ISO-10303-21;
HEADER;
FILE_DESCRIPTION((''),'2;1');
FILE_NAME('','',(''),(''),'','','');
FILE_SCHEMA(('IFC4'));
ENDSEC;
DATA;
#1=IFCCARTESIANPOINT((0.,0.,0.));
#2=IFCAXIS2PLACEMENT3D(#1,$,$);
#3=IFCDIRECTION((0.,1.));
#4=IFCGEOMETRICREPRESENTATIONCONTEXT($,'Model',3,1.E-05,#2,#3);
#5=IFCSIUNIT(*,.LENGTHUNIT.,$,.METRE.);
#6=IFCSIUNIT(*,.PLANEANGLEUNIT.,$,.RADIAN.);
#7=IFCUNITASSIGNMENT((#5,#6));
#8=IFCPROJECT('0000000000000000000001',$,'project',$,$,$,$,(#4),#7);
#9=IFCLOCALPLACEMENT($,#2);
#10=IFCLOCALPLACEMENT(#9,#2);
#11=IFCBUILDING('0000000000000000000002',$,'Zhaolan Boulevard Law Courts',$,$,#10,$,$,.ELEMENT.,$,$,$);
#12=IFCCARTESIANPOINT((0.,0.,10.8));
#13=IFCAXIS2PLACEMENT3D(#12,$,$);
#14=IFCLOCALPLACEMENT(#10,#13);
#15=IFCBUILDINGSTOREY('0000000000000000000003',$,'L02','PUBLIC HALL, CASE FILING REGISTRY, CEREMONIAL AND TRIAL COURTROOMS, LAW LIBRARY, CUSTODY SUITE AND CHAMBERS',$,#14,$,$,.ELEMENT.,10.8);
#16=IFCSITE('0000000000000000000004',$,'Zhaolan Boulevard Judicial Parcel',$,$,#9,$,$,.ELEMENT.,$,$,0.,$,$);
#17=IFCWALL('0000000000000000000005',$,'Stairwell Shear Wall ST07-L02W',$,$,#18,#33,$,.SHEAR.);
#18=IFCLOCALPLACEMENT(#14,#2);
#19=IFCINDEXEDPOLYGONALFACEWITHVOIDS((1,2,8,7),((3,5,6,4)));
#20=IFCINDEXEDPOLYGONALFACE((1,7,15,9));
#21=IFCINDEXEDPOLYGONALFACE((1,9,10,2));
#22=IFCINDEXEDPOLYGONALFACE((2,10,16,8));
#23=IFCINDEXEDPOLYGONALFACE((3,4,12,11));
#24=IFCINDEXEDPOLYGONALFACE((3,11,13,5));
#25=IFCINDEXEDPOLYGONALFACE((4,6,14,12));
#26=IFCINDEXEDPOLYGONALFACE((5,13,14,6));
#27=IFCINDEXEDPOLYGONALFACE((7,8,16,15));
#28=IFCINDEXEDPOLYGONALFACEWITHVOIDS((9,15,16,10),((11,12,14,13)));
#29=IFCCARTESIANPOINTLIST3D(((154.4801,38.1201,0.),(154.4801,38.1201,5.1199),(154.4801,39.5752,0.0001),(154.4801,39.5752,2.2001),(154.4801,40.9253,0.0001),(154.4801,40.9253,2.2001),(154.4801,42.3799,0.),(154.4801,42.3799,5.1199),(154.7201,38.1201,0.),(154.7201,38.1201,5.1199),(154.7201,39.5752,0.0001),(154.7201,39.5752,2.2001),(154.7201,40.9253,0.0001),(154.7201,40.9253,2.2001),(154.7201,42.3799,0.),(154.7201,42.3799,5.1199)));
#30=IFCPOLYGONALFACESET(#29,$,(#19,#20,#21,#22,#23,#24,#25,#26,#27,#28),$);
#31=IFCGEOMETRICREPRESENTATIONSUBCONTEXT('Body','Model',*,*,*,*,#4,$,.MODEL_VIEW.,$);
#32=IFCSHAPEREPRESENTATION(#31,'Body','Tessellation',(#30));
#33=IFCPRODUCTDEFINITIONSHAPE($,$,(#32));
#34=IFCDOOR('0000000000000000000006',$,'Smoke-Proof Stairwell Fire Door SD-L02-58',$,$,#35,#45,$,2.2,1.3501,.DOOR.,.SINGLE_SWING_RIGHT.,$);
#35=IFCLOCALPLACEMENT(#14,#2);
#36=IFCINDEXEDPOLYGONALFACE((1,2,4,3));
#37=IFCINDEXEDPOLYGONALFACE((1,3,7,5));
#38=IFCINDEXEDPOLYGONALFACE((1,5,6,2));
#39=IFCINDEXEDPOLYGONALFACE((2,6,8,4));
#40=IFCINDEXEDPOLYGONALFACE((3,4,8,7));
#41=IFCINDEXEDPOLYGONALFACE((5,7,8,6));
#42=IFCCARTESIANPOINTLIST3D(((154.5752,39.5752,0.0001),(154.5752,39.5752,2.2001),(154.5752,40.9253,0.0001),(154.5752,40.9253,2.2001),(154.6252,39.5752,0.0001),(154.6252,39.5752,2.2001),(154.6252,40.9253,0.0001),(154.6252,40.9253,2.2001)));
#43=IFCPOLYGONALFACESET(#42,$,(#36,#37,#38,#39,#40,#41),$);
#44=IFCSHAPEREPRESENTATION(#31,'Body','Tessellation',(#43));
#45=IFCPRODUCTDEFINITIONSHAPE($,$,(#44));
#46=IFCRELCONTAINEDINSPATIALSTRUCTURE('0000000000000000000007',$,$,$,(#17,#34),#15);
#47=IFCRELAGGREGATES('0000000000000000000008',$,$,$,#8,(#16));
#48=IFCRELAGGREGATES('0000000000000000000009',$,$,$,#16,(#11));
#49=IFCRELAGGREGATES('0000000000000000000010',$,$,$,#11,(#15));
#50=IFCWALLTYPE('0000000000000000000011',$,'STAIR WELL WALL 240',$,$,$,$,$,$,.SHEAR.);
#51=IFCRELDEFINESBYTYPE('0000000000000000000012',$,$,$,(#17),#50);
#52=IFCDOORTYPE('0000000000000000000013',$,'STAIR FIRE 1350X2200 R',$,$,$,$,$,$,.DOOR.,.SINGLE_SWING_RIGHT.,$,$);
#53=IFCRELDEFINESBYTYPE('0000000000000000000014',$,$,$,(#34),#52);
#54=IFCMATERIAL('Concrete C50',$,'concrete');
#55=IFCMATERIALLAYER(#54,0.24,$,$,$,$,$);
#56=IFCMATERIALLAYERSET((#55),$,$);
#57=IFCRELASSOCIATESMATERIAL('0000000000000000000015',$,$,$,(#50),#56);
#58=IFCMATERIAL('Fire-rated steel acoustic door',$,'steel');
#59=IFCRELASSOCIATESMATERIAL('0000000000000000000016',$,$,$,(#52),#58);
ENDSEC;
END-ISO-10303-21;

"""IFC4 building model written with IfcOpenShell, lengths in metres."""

from ifc_helpers import new_model, si_unit, direction, frame, frame_2d, origin, place, context, subcontext, project, spatial, rectangle, extrude, material, layer, layer_set, type_object, element, fill, save


model = new_model("IFC4")

# Units and contexts
model_context = context("Model", 3, precision=1e-05, world=origin(), true_north=direction((0.0, 1.0)))
body_context = subcontext(model_context, "Body", "Model", "MODEL_VIEW")
ifc_project = project(units=[si_unit("LENGTHUNIT", "METRE"), si_unit("PLANEANGLEUNIT", "RADIAN")], contexts=[model_context])

# Site, building, storey
site_placement = place(None, origin())
site = spatial("IfcSite", under=ifc_project, at=site_placement, Name="Zhaolan Boulevard Judicial Parcel", CompositionType="ELEMENT", RefElevation=0.0)
building_placement = place(site_placement, origin())
building = spatial("IfcBuilding", under=site, at=building_placement, Name="Zhaolan Boulevard Law Courts", CompositionType="ELEMENT")
storey_placement = place(building_placement, frame((0.0, 0.0, 10.8)))
storey = spatial("IfcBuildingStorey", under=building, at=storey_placement, Name="L02", Description="PUBLIC HALL, CASE FILING REGISTRY, CEREMONIAL AND TRIAL COURTROOMS, LAW LIBRARY, CUSTODY SUITE AND CHAMBERS", CompositionType="ELEMENT", Elevation=10.8)

# Shared definitions
ifc_material_1 = material(Name="Concrete C50", Category="concrete")
ifc_layer_1 = layer(ifc_material_1, 0.24)
ifc_layer_set_1 = layer_set([ifc_layer_1])
wall_type_1 = type_object("IfcWallType", Name="STAIR WELL WALL 240", PredefinedType="SHEAR", material=ifc_layer_set_1)

# Wall, opening, door
wall_1_placement = place(storey_placement, frame((154.6001, 38.1201, 0.0), z_axis=(0.0, 0.0, 1.0), x_axis=(0.0, 1.0, 0.0)))
wall_1 = element("IfcWall", 1, at=wall_1_placement, inside=storey, type_object=wall_type_1, Name="Stairwell Shear Wall ST07-L02W", PredefinedType="SHEAR", context=body_context, shape_type="SweptSolid", body=[
    extrude(rectangle(XDim=4.2598, YDim=0.24, at=frame_2d((2.1299, 0.0))), origin(), (0.0, 0.0, 1.0), 5.1199),
])
opening_1_placement = place(wall_1_placement, frame((1.4551, 0.0, 0.0)))
opening_1 = element("IfcOpeningElement", 2, at=opening_1_placement, cuts=wall_1, PredefinedType="OPENING", context=body_context, shape_type="SweptSolid", body=[
    extrude(rectangle(XDim=1.3501, YDim=2.2, at=frame_2d((0.675, 1.1001))), frame((0.0, 0.1299, 0.0), z_axis=(0.0, -1.0, 0.0), x_axis=(1.0, 0.0, 0.0)), (0.0, 0.0, 1.0), 0.26),
])
ifc_material_2 = material(Name="Fire-rated steel acoustic door", Category="steel")
door_type_1 = type_object("IfcDoorType", Name="STAIR FIRE 1350X2200 R", OperationType="SINGLE_SWING_RIGHT", PredefinedType="DOOR", material=ifc_material_2)
door_1_placement = place(opening_1_placement, origin())
door_1 = element("IfcDoor", 3, at=door_1_placement, inside=storey, type_object=door_type_1, Name="Smoke-Proof Stairwell Fire Door SD-L02-58", OperationType="SINGLE_SWING_RIGHT", OverallHeight=2.2, OverallWidth=1.3501, PredefinedType="DOOR", context=body_context, shape_type="SweptSolid", body=[
    extrude(rectangle(XDim=1.3501, YDim=2.2, at=frame_2d((0.675, 1.1001))), frame((0.0, 0.0249, 0.0), z_axis=(0.0, -1.0, 0.0), x_axis=(1.0, 0.0, 0.0)), (0.0, 0.0, 1.0), 0.05),
])
fill(opening_1, door_1)

save(model, "model.ifc")
